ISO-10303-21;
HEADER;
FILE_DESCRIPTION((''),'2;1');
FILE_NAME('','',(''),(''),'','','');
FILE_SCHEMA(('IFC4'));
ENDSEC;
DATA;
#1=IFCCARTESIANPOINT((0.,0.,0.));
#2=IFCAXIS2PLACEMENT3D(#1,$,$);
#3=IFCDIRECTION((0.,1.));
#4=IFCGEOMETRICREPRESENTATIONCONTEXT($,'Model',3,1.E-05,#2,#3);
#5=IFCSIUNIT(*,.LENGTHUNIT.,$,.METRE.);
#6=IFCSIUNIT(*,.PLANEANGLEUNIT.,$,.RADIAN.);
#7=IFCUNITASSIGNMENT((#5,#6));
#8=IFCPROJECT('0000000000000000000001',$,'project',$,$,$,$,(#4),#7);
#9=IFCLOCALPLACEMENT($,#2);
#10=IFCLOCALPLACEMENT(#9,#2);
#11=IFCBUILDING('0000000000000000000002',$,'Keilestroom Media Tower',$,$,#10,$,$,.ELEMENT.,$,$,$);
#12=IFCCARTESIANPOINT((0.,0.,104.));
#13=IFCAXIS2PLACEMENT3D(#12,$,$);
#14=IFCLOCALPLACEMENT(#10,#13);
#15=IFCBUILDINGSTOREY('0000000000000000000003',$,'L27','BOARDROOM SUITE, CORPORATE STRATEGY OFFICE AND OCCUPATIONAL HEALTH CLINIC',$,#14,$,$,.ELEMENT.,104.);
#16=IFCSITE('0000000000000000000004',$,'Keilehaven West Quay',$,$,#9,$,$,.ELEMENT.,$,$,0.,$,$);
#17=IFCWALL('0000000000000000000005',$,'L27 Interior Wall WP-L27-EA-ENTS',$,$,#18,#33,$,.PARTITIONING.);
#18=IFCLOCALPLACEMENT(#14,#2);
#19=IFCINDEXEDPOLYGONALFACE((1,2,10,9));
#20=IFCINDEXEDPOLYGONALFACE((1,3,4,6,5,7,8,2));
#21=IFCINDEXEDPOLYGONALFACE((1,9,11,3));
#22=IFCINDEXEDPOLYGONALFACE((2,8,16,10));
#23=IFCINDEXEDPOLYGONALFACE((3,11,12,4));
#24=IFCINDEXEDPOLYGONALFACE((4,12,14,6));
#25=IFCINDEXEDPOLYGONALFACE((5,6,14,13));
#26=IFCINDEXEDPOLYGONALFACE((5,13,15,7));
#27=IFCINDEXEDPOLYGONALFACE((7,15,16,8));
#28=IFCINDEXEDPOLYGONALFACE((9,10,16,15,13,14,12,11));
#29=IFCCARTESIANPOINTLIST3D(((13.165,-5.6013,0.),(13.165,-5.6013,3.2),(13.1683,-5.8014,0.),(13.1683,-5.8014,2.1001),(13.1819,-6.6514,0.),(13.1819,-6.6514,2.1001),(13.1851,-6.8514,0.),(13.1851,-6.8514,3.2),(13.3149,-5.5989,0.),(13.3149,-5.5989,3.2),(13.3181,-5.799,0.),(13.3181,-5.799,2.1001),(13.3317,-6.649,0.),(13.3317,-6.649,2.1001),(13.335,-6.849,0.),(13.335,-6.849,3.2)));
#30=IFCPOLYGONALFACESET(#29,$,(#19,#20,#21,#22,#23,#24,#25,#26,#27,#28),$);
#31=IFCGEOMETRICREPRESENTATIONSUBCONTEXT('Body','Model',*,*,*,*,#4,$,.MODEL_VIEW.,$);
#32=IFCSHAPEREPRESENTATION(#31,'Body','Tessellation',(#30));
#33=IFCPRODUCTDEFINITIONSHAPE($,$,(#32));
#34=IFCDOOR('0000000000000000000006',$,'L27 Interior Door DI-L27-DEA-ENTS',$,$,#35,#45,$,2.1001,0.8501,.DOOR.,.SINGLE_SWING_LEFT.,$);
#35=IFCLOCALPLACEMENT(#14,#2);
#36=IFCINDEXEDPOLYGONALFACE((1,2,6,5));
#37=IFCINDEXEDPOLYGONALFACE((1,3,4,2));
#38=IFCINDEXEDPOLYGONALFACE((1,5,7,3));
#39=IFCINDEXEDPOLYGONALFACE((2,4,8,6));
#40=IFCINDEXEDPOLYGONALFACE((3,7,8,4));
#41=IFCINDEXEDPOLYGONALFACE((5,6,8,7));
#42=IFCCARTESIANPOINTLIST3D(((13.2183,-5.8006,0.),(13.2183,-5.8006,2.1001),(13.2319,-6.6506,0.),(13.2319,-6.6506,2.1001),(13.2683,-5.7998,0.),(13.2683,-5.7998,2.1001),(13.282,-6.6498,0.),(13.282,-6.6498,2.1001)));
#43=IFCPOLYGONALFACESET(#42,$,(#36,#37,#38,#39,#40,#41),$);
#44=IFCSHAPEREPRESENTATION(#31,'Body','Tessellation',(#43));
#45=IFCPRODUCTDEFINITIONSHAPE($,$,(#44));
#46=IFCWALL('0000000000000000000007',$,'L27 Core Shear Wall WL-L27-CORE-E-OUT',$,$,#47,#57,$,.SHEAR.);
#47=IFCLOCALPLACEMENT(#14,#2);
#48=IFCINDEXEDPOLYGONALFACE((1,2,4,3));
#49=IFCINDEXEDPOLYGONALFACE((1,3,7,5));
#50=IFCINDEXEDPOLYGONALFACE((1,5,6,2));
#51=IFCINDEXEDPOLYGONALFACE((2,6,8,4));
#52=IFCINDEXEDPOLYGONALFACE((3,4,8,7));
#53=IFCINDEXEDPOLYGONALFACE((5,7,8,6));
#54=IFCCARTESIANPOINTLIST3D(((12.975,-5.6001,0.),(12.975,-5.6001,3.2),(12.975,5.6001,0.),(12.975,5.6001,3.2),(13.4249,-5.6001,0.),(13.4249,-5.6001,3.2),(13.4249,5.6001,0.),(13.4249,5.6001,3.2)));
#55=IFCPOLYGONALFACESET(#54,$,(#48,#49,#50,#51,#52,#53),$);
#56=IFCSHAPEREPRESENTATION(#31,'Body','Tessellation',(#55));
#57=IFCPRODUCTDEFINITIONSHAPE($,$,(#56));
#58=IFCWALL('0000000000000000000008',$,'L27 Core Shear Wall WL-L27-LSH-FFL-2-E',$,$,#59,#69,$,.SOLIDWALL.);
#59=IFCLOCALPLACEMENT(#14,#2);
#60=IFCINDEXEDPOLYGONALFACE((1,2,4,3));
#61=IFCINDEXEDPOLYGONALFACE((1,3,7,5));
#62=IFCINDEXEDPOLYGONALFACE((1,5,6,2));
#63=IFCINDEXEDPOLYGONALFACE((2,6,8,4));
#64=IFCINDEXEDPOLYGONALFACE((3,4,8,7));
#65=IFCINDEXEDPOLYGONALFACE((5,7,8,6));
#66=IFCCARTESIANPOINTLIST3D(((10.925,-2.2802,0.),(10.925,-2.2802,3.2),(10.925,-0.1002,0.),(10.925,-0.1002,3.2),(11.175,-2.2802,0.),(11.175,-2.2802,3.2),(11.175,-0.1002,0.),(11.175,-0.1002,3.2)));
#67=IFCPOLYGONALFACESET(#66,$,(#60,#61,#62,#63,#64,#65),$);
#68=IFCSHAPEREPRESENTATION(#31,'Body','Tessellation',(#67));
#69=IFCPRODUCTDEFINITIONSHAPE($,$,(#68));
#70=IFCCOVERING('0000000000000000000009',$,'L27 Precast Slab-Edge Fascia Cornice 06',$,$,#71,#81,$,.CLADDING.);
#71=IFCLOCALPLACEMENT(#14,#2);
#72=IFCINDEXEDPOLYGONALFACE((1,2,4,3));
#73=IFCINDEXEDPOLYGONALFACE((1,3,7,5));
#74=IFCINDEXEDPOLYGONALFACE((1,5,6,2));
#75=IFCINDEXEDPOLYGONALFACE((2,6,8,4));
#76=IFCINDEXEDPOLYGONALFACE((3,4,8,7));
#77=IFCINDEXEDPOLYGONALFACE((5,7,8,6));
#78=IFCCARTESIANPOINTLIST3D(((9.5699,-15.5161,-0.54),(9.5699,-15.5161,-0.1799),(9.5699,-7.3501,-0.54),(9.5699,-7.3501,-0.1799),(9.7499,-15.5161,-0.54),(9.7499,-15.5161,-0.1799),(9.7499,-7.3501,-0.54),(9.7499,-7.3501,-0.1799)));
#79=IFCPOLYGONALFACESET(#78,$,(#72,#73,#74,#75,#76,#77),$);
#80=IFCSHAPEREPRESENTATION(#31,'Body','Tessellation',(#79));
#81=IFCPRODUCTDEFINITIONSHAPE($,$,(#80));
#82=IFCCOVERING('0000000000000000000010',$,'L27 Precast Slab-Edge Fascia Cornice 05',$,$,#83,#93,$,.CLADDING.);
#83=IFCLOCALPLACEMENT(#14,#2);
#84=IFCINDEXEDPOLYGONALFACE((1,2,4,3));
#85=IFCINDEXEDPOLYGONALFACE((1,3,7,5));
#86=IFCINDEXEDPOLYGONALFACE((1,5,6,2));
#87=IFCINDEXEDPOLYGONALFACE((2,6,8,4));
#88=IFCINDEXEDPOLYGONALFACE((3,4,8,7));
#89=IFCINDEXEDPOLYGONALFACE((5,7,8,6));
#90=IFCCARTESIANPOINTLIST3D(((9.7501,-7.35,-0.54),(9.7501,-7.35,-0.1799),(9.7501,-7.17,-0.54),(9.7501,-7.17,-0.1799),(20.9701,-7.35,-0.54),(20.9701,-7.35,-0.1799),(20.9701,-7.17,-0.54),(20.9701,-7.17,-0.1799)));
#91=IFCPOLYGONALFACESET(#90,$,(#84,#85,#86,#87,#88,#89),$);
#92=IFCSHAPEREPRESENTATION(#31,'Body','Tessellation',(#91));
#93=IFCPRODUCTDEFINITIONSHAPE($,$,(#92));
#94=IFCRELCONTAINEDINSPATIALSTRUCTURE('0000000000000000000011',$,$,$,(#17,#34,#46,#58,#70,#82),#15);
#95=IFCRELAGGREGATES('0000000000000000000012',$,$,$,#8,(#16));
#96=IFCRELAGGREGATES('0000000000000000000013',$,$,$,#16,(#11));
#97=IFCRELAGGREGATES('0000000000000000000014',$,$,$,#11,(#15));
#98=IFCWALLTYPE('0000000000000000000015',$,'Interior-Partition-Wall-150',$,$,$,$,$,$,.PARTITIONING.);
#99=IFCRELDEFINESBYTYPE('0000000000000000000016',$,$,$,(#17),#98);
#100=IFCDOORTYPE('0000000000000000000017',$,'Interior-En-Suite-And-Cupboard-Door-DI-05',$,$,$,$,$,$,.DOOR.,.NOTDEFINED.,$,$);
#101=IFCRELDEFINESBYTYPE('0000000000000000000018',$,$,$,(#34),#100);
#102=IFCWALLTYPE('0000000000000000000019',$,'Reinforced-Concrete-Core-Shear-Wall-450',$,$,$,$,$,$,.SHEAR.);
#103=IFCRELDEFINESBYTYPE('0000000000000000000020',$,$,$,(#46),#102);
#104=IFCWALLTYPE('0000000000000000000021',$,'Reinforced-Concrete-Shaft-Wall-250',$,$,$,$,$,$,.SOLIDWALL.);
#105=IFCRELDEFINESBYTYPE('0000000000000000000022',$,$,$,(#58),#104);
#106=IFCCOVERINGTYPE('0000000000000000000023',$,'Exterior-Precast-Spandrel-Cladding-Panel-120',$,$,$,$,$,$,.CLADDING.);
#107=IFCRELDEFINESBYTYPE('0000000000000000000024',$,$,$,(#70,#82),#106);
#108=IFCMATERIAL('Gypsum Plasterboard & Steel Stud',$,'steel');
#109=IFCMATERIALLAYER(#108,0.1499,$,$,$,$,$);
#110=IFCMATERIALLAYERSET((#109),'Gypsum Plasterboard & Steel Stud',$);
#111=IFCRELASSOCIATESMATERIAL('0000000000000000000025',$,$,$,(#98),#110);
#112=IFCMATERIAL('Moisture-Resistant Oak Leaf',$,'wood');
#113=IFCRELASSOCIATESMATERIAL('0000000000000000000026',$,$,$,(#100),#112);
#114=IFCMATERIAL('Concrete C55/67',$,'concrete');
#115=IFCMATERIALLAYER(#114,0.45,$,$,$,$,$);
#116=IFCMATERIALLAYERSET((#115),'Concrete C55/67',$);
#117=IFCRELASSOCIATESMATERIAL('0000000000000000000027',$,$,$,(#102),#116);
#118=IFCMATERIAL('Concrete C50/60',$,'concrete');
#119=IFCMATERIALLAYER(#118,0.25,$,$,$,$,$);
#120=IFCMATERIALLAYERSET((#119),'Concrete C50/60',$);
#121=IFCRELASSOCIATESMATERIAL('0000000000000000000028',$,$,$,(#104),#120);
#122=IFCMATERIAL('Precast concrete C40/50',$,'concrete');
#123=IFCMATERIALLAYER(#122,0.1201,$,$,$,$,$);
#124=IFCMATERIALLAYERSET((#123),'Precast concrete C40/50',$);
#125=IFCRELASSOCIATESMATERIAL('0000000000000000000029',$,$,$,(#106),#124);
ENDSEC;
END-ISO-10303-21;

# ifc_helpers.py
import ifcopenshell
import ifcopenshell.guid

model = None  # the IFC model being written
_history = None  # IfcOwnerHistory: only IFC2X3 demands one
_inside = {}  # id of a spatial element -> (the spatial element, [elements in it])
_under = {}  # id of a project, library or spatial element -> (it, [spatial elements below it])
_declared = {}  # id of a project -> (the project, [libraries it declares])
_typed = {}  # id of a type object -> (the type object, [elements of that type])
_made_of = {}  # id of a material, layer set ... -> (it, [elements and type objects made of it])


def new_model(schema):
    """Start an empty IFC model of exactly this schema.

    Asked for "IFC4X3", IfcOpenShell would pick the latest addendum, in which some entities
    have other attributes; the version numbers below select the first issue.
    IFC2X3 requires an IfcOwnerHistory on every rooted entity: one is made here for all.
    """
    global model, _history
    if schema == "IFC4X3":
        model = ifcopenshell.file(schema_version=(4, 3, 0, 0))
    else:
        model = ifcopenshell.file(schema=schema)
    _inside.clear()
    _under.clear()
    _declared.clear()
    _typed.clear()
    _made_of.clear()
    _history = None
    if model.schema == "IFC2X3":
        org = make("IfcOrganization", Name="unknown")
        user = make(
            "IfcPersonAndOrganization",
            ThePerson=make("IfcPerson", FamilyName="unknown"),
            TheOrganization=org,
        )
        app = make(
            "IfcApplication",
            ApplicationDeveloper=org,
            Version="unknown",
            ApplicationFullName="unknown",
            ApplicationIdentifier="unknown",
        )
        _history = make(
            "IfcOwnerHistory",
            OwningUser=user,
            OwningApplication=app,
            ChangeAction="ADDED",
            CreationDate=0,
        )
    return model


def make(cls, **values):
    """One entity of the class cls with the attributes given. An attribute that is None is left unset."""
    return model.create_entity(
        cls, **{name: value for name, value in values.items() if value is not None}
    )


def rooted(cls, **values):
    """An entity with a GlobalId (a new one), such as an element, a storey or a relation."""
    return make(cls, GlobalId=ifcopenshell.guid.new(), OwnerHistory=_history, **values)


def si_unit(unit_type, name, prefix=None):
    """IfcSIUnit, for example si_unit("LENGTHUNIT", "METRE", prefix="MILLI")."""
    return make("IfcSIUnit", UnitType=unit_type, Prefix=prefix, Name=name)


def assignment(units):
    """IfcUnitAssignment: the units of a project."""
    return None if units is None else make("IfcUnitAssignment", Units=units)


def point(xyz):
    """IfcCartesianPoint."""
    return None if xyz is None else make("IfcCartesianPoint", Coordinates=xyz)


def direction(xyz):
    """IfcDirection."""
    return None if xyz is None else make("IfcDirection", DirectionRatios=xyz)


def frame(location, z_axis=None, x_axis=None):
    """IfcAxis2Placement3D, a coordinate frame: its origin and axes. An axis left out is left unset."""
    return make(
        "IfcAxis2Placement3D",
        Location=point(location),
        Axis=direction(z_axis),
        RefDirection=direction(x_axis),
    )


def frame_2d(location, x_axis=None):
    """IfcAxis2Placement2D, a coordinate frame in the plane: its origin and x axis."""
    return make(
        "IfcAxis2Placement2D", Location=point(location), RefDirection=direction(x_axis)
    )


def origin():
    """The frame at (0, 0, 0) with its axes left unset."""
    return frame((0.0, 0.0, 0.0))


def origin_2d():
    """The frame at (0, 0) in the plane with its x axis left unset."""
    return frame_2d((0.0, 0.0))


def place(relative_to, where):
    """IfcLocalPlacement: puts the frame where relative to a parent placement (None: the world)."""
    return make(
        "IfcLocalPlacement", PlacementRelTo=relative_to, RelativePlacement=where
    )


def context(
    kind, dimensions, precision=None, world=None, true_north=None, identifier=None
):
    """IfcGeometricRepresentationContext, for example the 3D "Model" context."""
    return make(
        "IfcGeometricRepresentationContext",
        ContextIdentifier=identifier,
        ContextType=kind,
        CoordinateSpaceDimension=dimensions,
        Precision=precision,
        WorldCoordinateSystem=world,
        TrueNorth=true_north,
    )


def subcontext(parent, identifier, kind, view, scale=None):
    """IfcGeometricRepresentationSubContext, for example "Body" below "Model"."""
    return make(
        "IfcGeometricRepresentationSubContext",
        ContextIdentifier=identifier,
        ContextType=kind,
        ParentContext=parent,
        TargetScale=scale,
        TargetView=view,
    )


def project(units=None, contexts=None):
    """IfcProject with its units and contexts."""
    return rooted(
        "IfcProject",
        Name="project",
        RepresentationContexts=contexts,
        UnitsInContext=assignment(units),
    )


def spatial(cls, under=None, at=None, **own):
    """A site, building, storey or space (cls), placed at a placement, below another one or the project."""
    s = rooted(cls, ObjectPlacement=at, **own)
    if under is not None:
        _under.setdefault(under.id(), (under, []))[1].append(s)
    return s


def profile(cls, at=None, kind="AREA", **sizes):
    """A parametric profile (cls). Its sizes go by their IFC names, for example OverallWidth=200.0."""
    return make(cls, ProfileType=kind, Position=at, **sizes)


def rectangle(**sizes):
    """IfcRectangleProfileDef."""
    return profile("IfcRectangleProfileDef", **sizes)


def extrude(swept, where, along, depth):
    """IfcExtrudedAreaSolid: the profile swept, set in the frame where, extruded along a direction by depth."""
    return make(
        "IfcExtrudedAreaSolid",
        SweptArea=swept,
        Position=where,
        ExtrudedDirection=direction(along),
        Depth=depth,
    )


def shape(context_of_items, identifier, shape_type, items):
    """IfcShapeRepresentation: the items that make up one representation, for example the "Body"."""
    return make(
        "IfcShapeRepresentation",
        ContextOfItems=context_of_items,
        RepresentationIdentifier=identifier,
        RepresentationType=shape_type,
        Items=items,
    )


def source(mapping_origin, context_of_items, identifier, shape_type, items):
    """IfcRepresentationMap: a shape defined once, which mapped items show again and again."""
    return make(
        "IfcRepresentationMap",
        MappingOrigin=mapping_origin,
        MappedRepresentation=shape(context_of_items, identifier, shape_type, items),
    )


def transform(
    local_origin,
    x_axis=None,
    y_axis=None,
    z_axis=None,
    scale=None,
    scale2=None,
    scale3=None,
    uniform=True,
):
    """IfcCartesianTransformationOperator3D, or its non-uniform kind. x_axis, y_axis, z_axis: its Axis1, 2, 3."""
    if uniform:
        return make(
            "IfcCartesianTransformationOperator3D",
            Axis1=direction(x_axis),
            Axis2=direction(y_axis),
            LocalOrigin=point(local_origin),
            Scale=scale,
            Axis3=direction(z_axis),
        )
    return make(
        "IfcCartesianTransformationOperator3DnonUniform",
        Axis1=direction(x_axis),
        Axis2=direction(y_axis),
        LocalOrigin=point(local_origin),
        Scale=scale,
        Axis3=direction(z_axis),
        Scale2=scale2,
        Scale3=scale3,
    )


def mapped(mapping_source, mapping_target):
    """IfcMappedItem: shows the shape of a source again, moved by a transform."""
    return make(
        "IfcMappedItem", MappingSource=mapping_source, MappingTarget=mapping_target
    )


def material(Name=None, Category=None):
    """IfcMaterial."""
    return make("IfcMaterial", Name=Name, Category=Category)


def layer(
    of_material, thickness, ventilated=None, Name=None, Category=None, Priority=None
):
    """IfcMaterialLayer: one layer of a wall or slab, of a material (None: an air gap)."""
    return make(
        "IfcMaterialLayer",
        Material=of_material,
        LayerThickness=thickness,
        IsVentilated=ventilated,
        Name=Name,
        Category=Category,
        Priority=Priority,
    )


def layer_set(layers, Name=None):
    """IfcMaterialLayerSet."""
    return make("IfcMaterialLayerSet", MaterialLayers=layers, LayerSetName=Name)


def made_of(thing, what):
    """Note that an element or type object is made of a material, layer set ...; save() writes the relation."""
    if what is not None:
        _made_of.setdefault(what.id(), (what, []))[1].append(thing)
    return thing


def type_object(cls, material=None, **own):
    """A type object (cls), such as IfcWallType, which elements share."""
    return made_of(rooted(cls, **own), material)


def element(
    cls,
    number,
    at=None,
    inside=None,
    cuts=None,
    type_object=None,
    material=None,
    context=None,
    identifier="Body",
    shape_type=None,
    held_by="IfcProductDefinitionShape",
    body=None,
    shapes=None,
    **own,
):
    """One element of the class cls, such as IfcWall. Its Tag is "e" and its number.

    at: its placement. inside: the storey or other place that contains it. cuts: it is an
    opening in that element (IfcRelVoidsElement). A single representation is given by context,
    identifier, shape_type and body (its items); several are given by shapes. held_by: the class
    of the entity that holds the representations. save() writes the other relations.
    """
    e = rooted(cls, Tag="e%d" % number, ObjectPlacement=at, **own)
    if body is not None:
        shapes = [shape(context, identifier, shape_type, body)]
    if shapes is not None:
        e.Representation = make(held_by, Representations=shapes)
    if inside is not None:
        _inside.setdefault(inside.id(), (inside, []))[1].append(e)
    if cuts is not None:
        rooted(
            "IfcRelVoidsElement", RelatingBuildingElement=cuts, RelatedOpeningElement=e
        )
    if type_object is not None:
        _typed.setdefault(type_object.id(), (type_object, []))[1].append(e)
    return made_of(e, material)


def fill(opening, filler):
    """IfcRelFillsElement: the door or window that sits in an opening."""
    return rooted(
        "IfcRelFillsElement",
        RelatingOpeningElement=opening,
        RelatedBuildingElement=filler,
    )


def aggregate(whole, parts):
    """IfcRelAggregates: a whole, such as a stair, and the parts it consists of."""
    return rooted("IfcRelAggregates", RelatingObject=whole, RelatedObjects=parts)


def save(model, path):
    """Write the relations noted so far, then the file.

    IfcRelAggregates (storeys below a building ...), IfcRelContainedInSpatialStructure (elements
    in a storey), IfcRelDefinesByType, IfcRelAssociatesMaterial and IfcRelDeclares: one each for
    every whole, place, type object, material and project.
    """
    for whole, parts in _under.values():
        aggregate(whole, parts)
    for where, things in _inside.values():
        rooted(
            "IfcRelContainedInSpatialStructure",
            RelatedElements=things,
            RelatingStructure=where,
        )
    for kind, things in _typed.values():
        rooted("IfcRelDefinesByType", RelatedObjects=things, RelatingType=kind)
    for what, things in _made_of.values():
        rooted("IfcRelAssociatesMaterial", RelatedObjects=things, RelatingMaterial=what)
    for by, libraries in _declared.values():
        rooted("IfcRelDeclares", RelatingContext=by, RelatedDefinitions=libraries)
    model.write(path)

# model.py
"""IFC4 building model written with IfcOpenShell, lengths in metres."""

from ifc_helpers import new_model, si_unit, direction, frame, frame_2d, origin, origin_2d, place, context, subcontext, project, spatial, rectangle, extrude, source, transform, mapped, material, layer, layer_set, type_object, element, fill, save


model = new_model("IFC4")

# Units and contexts
model_context = context("Model", 3, precision=1e-05, world=origin(), true_north=direction((0.0, 1.0)))
body_context = subcontext(model_context, "Body", "Model", "MODEL_VIEW")
ifc_project = project(units=[si_unit("LENGTHUNIT", "METRE"), si_unit("PLANEANGLEUNIT", "RADIAN")], contexts=[model_context])

# Site, building, storey
site_placement = place(None, origin())
site = spatial("IfcSite", under=ifc_project, at=site_placement, Name="Keilehaven West Quay", CompositionType="ELEMENT", RefElevation=0.0)
building_placement = place(site_placement, origin())
building = spatial("IfcBuilding", under=site, at=building_placement, Name="Keilestroom Media Tower", CompositionType="ELEMENT")
storey_placement = place(building_placement, frame((0.0, 0.0, 104.0)))
storey = spatial("IfcBuildingStorey", under=building, at=storey_placement, Name="L27", Description="BOARDROOM SUITE, CORPORATE STRATEGY OFFICE AND OCCUPATIONAL HEALTH CLINIC", CompositionType="ELEMENT", Elevation=104.0)

# Shared definitions
ifc_material_1 = material(Name="Precast concrete C40/50", Category="concrete")
ifc_material_2 = material(Name="Concrete C55/67", Category="concrete")

# Wall, opening, door
ifc_material_3 = material(Name="Gypsum Plasterboard & Steel Stud", Category="steel")
ifc_layer_1 = layer(ifc_material_3, 0.1499)
ifc_layer_set_1 = layer_set([ifc_layer_1], Name="Gypsum Plasterboard & Steel Stud")
wall_type_1 = type_object("IfcWallType", Name="Interior-Partition-Wall-150", PredefinedType="PARTITIONING", material=ifc_layer_set_1)
wall_1_placement = place(storey_placement, frame((13.26, -6.8501, 0.0), z_axis=(0.0, 0.0, 1.0), x_axis=(-0.016014, 0.999872, 0.0)))
wall_1 = element("IfcWall", 1, at=wall_1_placement, inside=storey, type_object=wall_type_1, Name="L27 Interior Wall WP-L27-EA-ENTS", PredefinedType="PARTITIONING", context=body_context, shape_type="SweptSolid", body=[
    extrude(rectangle(XDim=1.2502, YDim=0.1499, at=frame_2d((0.625, 0.0))), origin(), (0.0, 0.0, 1.0), 3.2),
])
opening_1_placement = place(wall_1_placement, frame((0.2, 0.0, 0.0)))
opening_1 = element("IfcOpeningElement", 2, at=opening_1_placement, cuts=wall_1, PredefinedType="OPENING", context=body_context, shape_type="SweptSolid", body=[
    extrude(rectangle(XDim=0.8501, YDim=2.1001, at=frame_2d((0.425, 1.05))), frame((0.0, 0.085, 0.0), z_axis=(0.0, -1.0, 0.0), x_axis=(1.0, 0.0, 0.0)), (0.0, 0.0, 1.0), 0.1699),
])
ifc_material_4 = material(Name="Moisture-Resistant Oak Leaf", Category="wood")
door_type_1 = type_object("IfcDoorType", Name="Interior-En-Suite-And-Cupboard-Door-DI-05", OperationType="NOTDEFINED", PredefinedType="DOOR", material=ifc_material_4)
shared_shape_1 = source(origin(), body_context, "Body", "SweptSolid", [
    extrude(rectangle(XDim=0.8501, YDim=2.1001, at=frame_2d((0.425, 1.05))), frame((0.0, 0.0249, 0.0), z_axis=(0.0, -1.0, 0.0), x_axis=(1.0, 0.0, 0.0)), (0.0, 0.0, 1.0), 0.05),
])
door_1_placement = place(opening_1_placement, origin())
door_1 = element("IfcDoor", 3, at=door_1_placement, inside=storey, type_object=door_type_1, Name="L27 Interior Door DI-L27-DEA-ENTS", OperationType="SINGLE_SWING_LEFT", OverallHeight=2.1001, OverallWidth=0.8501, PredefinedType="DOOR", context=body_context, shape_type="MappedRepresentation", body=[
    mapped(shared_shape_1, transform((0.0, 0.0, 0.0), x_axis=(1.0, 0.0, 0.0), y_axis=(0.0, 1.0, 0.0), z_axis=(0.0, 0.0, 1.0), scale=1.0)),
])
fill(opening_1, door_1)

# Walls
ifc_layer_2 = layer(ifc_material_2, 0.45)
ifc_layer_set_2 = layer_set([ifc_layer_2], Name="Concrete C55/67")
wall_type_2 = type_object("IfcWallType", Name="Reinforced-Concrete-Core-Shear-Wall-450", PredefinedType="SHEAR", material=ifc_layer_set_2)
wall_2_placement = place(storey_placement, frame((13.2, -5.6001, 0.0), z_axis=(0.0, 0.0, 1.0), x_axis=(0.0, 1.0, 0.0)))
element("IfcWall", 4, at=wall_2_placement, inside=storey, type_object=wall_type_2, Name="L27 Core Shear Wall WL-L27-CORE-E-OUT", PredefinedType="SHEAR", context=body_context, shape_type="SweptSolid", body=[
    extrude(rectangle(XDim=11.2002, YDim=0.45, at=frame_2d((5.6001, 0.0))), origin(), (0.0, 0.0, 1.0), 3.2),
])
ifc_material_5 = material(Name="Concrete C50/60", Category="concrete")
ifc_layer_3 = layer(ifc_material_5, 0.25)
ifc_layer_set_3 = layer_set([ifc_layer_3], Name="Concrete C50/60")
wall_type_3 = type_object("IfcWallType", Name="Reinforced-Concrete-Shaft-Wall-250", PredefinedType="SOLIDWALL", material=ifc_layer_set_3)
wall_3_placement = place(storey_placement, frame((11.05, -2.28, 0.0), z_axis=(0.0, 0.0, 1.0), x_axis=(0.0, 1.0, 0.0)))
element("IfcWall", 5, at=wall_3_placement, inside=storey, type_object=wall_type_3, Name="L27 Core Shear Wall WL-L27-LSH-FFL-2-E", PredefinedType="SOLIDWALL", context=body_context, shape_type="SweptSolid", body=[
    extrude(rectangle(XDim=2.1799, YDim=0.25, at=frame_2d((1.0898, 0.0))), origin(), (0.0, 0.0, 1.0), 3.2),
])

# Coverings
ifc_layer_4 = layer(ifc_material_1, 0.1201)
ifc_layer_set_4 = layer_set([ifc_layer_4], Name="Precast concrete C40/50")
covering_type = type_object("IfcCoveringType", Name="Exterior-Precast-Spandrel-Cladding-Panel-120", PredefinedType="CLADDING", material=ifc_layer_set_4)
shared_shape_2 = source(origin(), body_context, "Body", "SweptSolid", [
    extrude(rectangle(XDim=8.166, YDim=0.1799, at=origin_2d()), origin(), (0.0, 0.0, 1.0), 0.3601),
])
covering_1_placement = place(storey_placement, frame((9.6599, -11.4331, -0.54), z_axis=(0.0, 0.0, 1.0), x_axis=(0.0, -1.0, 0.0)))
element("IfcCovering", 6, at=covering_1_placement, inside=storey, type_object=covering_type, Name="L27 Precast Slab-Edge Fascia Cornice 06", PredefinedType="CLADDING", context=body_context, shape_type="MappedRepresentation", body=[
    mapped(shared_shape_2, transform((0.0, 0.0, 0.0), x_axis=(1.0, 0.0, 0.0), y_axis=(0.0, 1.0, 0.0), z_axis=(0.0, 0.0, 1.0), scale=1.0)),
])
shared_shape_3 = source(origin(), body_context, "Body", "SweptSolid", [
    extrude(rectangle(XDim=11.22, YDim=0.1799, at=origin_2d()), origin(), (0.0, 0.0, 1.0), 0.3601),
])
covering_2_placement = place(storey_placement, frame((15.3601, -7.26, -0.54), z_axis=(0.0, 0.0, 1.0), x_axis=(-1.0, 0.0, 0.0)))
element("IfcCovering", 7, at=covering_2_placement, inside=storey, type_object=covering_type, Name="L27 Precast Slab-Edge Fascia Cornice 05", PredefinedType="CLADDING", context=body_context, shape_type="MappedRepresentation", body=[
    mapped(shared_shape_3, transform((0.0, 0.0, 0.0), x_axis=(1.0, 0.0, 0.0), y_axis=(0.0, 1.0, 0.0), z_axis=(0.0, 0.0, 1.0), scale=1.0)),
])

save(model, "model.ifc")
